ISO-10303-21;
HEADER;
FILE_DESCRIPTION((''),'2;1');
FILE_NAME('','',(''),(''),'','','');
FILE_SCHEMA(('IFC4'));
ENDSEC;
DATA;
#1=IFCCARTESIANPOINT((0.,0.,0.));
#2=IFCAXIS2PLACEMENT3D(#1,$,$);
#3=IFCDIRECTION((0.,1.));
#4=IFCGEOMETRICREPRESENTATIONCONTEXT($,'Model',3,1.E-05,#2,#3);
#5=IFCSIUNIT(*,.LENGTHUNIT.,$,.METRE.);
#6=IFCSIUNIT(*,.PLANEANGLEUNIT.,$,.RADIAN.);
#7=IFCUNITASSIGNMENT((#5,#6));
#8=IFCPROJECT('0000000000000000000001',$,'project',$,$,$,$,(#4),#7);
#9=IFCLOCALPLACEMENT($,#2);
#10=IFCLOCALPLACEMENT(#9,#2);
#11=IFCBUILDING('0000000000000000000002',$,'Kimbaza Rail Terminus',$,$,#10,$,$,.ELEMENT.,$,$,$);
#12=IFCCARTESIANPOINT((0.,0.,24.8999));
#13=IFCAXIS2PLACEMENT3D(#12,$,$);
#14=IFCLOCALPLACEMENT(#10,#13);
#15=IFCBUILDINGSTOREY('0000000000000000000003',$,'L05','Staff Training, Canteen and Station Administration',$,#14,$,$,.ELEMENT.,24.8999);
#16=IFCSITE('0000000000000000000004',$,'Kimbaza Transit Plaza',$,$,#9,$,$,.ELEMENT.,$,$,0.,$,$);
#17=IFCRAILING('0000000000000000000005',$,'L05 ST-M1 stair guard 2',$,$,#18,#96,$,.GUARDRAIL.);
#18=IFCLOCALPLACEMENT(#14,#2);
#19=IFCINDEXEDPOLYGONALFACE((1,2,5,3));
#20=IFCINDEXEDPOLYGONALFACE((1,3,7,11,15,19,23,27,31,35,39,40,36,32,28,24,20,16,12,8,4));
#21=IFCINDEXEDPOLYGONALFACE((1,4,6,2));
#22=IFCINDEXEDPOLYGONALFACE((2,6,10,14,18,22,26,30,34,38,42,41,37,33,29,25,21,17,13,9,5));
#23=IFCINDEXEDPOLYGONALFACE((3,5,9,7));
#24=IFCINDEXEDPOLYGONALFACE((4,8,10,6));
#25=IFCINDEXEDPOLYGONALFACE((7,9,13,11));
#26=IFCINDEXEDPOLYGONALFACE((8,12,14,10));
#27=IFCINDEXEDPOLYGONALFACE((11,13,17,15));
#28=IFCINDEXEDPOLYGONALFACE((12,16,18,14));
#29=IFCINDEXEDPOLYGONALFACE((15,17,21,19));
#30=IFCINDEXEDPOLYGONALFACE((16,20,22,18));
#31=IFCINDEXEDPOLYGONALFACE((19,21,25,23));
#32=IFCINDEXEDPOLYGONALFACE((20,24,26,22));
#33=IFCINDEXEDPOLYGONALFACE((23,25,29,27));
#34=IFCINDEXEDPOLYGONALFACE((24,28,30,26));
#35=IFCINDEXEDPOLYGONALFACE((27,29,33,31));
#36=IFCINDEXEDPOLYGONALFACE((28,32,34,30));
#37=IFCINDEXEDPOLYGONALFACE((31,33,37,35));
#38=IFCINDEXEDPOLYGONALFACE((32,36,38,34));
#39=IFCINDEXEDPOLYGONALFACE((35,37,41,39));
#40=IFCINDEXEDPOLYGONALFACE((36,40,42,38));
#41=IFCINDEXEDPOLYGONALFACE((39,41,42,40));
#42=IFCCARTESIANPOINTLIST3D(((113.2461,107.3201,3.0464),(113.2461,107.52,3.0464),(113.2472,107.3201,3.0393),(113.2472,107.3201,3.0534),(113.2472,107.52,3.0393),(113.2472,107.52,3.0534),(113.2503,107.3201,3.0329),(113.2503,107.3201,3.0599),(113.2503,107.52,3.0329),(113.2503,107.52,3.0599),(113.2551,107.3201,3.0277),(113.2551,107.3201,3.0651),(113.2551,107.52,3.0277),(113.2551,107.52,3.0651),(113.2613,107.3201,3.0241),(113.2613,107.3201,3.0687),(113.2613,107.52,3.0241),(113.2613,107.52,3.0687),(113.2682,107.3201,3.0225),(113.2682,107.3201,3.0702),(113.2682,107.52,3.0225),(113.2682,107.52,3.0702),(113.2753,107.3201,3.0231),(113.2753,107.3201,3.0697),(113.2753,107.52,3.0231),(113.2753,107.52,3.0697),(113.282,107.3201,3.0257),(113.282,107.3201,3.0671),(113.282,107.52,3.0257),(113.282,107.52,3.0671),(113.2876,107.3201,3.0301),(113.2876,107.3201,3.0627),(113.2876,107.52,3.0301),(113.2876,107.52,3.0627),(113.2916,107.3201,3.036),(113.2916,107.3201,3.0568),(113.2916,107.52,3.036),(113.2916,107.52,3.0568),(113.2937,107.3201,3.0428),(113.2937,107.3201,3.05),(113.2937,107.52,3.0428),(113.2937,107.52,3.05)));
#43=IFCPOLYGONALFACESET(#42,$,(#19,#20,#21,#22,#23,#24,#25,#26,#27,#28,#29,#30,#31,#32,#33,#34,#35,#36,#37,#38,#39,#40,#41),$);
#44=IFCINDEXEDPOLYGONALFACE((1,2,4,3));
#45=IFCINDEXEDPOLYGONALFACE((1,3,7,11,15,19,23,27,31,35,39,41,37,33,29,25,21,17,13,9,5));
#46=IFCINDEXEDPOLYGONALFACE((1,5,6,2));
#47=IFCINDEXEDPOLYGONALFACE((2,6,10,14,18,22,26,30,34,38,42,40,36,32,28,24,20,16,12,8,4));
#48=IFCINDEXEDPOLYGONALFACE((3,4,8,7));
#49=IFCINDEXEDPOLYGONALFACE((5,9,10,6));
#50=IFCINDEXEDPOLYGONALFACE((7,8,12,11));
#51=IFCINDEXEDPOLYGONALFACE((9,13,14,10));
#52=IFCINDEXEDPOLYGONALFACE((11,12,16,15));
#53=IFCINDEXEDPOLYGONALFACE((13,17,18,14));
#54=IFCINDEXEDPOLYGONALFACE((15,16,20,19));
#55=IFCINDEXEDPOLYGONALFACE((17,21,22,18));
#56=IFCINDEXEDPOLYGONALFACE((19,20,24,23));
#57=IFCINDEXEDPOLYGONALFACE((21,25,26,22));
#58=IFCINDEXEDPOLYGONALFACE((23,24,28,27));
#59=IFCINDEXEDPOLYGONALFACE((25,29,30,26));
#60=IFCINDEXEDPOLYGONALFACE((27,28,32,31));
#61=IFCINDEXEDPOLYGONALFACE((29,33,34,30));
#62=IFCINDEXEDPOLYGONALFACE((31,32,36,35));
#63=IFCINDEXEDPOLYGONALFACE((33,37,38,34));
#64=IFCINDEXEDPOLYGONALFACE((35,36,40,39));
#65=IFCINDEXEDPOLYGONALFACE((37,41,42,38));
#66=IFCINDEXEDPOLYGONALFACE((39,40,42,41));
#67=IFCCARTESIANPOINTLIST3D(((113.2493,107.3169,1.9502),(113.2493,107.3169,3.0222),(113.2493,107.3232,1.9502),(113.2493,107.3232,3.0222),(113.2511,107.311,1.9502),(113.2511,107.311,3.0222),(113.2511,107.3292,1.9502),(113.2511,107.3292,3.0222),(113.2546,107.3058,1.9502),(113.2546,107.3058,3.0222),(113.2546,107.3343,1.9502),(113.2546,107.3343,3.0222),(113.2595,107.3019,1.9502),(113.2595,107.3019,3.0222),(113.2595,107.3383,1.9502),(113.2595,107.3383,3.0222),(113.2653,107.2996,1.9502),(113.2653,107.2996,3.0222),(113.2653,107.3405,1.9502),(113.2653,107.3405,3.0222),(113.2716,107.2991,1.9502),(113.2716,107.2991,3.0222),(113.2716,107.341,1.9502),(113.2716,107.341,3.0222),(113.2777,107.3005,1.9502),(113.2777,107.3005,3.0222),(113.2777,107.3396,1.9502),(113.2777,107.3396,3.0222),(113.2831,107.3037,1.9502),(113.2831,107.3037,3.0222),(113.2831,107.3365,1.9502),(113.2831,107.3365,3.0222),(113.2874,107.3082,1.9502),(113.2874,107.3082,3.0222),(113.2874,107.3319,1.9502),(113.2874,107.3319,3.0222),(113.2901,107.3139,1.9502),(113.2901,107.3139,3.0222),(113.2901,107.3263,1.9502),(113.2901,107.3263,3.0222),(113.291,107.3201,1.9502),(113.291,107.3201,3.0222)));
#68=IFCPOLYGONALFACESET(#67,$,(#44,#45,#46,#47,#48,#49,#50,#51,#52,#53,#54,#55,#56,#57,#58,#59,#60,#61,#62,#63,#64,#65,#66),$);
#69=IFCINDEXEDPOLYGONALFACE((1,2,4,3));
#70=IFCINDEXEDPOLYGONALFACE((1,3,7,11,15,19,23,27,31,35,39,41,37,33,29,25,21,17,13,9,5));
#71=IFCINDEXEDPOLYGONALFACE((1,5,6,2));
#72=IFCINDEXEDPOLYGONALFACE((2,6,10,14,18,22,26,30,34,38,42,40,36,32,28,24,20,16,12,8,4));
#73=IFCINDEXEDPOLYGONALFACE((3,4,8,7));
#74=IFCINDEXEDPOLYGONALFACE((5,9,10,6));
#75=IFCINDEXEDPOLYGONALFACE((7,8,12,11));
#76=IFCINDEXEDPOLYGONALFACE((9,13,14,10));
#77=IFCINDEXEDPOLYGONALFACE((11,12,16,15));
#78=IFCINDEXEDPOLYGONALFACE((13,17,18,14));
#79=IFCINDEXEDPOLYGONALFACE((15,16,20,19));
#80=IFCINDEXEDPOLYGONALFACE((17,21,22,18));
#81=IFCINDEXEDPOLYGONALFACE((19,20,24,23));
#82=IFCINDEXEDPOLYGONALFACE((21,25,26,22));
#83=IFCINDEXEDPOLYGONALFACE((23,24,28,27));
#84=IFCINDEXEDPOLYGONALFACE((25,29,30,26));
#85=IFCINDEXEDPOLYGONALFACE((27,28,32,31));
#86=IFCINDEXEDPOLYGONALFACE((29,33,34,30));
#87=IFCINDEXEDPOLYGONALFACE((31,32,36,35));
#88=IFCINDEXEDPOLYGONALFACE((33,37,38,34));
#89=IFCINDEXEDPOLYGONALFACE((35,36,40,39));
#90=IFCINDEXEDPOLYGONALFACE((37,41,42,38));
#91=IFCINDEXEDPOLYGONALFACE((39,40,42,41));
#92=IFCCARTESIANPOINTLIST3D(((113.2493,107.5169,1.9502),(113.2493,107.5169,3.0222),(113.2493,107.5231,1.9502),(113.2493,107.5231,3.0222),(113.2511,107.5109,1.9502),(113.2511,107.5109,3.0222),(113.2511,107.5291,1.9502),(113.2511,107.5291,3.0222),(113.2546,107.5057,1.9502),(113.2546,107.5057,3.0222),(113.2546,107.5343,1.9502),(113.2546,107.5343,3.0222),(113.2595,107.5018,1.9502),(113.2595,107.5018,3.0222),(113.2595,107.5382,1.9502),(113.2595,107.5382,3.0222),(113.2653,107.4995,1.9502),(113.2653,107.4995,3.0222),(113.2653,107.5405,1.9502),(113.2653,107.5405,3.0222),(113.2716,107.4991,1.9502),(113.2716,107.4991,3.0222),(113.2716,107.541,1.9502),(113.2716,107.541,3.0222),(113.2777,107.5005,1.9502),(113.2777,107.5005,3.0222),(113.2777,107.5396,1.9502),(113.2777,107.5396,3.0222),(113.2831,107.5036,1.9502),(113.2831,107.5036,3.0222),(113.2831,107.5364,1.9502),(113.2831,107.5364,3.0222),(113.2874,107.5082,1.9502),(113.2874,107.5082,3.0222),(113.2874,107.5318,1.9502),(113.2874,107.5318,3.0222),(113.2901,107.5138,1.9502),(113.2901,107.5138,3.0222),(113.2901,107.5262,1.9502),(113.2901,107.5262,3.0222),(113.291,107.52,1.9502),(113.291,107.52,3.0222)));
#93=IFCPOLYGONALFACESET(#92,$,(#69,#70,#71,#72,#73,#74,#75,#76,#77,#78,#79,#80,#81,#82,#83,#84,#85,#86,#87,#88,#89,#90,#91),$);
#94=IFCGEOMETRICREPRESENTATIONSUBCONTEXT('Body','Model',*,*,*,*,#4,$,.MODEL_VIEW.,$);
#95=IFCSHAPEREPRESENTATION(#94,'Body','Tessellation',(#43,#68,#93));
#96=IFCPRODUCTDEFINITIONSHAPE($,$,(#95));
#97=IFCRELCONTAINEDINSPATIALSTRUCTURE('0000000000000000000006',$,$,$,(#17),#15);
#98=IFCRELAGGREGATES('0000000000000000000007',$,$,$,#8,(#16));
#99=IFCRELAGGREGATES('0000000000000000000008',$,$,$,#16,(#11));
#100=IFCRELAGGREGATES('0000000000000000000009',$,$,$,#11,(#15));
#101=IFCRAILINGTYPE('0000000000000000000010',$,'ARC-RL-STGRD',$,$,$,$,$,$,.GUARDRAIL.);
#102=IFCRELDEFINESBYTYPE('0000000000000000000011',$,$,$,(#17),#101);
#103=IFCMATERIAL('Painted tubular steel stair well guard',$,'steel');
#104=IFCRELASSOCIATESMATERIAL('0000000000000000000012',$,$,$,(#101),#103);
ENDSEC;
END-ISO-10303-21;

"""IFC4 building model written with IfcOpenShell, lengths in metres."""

from ifc_helpers import new_model, si_unit, direction, frame, origin, origin_2d, place, context, subcontext, project, spatial, circle, extrude, material, type_object, element, save


model = new_model("IFC4")

# Units and contexts
model_context = context("Model", 3, precision=1e-05, world=origin(), true_north=direction((0.0, 1.0)))
body_context = subcontext(model_context, "Body", "Model", "MODEL_VIEW")
ifc_project = project(units=[si_unit("LENGTHUNIT", "METRE"), si_unit("PLANEANGLEUNIT", "RADIAN")], contexts=[model_context])

# Site, building, storey
site_placement = place(None, origin())
site = spatial("IfcSite", under=ifc_project, at=site_placement, Name="Kimbaza Transit Plaza", CompositionType="ELEMENT", RefElevation=0.0)
building_placement = place(site_placement, origin())
building = spatial("IfcBuilding", under=site, at=building_placement, Name="Kimbaza Rail Terminus", CompositionType="ELEMENT")
storey_placement = place(building_placement, frame((0.0, 0.0, 24.8999)))
storey = spatial("IfcBuildingStorey", under=building, at=storey_placement, Name="L05", Description="Staff Training, Canteen and Station Administration", CompositionType="ELEMENT", Elevation=24.8999)

# Railing
ifc_material_1 = material(Name="Painted tubular steel stair well guard", Category="steel")
railing_type_1 = type_object("IfcRailingType", Name="ARC-RL-STGRD", PredefinedType="GUARDRAIL", material=ifc_material_1)
railing_1_placement = place(storey_placement, frame((113.27, 107.3201, 1.9502)))
element("IfcRailing", 1, at=railing_1_placement, inside=storey, type_object=railing_type_1, Name="L05 ST-M1 stair guard 2", PredefinedType="GUARDRAIL", context=body_context, shape_type="SweptSolid", body=[
    extrude(circle(Radius=0.0239, at=origin_2d()), frame((0.0, 0.0, 1.0962), z_axis=(0.0, 1.0, 0.0), x_axis=(-1.0, 0.0, 0.0)), (0.0, 0.0, 1.0), 0.2),
    extrude(circle(Radius=0.021, at=origin_2d()), origin(), (0.0, 0.0, 1.0), 1.072),
    extrude(circle(Radius=0.021, at=origin_2d()), frame((0.0, 0.2, 0.0)), (0.0, 0.0, 1.0), 1.072),
])

save(model, "model.ifc")
